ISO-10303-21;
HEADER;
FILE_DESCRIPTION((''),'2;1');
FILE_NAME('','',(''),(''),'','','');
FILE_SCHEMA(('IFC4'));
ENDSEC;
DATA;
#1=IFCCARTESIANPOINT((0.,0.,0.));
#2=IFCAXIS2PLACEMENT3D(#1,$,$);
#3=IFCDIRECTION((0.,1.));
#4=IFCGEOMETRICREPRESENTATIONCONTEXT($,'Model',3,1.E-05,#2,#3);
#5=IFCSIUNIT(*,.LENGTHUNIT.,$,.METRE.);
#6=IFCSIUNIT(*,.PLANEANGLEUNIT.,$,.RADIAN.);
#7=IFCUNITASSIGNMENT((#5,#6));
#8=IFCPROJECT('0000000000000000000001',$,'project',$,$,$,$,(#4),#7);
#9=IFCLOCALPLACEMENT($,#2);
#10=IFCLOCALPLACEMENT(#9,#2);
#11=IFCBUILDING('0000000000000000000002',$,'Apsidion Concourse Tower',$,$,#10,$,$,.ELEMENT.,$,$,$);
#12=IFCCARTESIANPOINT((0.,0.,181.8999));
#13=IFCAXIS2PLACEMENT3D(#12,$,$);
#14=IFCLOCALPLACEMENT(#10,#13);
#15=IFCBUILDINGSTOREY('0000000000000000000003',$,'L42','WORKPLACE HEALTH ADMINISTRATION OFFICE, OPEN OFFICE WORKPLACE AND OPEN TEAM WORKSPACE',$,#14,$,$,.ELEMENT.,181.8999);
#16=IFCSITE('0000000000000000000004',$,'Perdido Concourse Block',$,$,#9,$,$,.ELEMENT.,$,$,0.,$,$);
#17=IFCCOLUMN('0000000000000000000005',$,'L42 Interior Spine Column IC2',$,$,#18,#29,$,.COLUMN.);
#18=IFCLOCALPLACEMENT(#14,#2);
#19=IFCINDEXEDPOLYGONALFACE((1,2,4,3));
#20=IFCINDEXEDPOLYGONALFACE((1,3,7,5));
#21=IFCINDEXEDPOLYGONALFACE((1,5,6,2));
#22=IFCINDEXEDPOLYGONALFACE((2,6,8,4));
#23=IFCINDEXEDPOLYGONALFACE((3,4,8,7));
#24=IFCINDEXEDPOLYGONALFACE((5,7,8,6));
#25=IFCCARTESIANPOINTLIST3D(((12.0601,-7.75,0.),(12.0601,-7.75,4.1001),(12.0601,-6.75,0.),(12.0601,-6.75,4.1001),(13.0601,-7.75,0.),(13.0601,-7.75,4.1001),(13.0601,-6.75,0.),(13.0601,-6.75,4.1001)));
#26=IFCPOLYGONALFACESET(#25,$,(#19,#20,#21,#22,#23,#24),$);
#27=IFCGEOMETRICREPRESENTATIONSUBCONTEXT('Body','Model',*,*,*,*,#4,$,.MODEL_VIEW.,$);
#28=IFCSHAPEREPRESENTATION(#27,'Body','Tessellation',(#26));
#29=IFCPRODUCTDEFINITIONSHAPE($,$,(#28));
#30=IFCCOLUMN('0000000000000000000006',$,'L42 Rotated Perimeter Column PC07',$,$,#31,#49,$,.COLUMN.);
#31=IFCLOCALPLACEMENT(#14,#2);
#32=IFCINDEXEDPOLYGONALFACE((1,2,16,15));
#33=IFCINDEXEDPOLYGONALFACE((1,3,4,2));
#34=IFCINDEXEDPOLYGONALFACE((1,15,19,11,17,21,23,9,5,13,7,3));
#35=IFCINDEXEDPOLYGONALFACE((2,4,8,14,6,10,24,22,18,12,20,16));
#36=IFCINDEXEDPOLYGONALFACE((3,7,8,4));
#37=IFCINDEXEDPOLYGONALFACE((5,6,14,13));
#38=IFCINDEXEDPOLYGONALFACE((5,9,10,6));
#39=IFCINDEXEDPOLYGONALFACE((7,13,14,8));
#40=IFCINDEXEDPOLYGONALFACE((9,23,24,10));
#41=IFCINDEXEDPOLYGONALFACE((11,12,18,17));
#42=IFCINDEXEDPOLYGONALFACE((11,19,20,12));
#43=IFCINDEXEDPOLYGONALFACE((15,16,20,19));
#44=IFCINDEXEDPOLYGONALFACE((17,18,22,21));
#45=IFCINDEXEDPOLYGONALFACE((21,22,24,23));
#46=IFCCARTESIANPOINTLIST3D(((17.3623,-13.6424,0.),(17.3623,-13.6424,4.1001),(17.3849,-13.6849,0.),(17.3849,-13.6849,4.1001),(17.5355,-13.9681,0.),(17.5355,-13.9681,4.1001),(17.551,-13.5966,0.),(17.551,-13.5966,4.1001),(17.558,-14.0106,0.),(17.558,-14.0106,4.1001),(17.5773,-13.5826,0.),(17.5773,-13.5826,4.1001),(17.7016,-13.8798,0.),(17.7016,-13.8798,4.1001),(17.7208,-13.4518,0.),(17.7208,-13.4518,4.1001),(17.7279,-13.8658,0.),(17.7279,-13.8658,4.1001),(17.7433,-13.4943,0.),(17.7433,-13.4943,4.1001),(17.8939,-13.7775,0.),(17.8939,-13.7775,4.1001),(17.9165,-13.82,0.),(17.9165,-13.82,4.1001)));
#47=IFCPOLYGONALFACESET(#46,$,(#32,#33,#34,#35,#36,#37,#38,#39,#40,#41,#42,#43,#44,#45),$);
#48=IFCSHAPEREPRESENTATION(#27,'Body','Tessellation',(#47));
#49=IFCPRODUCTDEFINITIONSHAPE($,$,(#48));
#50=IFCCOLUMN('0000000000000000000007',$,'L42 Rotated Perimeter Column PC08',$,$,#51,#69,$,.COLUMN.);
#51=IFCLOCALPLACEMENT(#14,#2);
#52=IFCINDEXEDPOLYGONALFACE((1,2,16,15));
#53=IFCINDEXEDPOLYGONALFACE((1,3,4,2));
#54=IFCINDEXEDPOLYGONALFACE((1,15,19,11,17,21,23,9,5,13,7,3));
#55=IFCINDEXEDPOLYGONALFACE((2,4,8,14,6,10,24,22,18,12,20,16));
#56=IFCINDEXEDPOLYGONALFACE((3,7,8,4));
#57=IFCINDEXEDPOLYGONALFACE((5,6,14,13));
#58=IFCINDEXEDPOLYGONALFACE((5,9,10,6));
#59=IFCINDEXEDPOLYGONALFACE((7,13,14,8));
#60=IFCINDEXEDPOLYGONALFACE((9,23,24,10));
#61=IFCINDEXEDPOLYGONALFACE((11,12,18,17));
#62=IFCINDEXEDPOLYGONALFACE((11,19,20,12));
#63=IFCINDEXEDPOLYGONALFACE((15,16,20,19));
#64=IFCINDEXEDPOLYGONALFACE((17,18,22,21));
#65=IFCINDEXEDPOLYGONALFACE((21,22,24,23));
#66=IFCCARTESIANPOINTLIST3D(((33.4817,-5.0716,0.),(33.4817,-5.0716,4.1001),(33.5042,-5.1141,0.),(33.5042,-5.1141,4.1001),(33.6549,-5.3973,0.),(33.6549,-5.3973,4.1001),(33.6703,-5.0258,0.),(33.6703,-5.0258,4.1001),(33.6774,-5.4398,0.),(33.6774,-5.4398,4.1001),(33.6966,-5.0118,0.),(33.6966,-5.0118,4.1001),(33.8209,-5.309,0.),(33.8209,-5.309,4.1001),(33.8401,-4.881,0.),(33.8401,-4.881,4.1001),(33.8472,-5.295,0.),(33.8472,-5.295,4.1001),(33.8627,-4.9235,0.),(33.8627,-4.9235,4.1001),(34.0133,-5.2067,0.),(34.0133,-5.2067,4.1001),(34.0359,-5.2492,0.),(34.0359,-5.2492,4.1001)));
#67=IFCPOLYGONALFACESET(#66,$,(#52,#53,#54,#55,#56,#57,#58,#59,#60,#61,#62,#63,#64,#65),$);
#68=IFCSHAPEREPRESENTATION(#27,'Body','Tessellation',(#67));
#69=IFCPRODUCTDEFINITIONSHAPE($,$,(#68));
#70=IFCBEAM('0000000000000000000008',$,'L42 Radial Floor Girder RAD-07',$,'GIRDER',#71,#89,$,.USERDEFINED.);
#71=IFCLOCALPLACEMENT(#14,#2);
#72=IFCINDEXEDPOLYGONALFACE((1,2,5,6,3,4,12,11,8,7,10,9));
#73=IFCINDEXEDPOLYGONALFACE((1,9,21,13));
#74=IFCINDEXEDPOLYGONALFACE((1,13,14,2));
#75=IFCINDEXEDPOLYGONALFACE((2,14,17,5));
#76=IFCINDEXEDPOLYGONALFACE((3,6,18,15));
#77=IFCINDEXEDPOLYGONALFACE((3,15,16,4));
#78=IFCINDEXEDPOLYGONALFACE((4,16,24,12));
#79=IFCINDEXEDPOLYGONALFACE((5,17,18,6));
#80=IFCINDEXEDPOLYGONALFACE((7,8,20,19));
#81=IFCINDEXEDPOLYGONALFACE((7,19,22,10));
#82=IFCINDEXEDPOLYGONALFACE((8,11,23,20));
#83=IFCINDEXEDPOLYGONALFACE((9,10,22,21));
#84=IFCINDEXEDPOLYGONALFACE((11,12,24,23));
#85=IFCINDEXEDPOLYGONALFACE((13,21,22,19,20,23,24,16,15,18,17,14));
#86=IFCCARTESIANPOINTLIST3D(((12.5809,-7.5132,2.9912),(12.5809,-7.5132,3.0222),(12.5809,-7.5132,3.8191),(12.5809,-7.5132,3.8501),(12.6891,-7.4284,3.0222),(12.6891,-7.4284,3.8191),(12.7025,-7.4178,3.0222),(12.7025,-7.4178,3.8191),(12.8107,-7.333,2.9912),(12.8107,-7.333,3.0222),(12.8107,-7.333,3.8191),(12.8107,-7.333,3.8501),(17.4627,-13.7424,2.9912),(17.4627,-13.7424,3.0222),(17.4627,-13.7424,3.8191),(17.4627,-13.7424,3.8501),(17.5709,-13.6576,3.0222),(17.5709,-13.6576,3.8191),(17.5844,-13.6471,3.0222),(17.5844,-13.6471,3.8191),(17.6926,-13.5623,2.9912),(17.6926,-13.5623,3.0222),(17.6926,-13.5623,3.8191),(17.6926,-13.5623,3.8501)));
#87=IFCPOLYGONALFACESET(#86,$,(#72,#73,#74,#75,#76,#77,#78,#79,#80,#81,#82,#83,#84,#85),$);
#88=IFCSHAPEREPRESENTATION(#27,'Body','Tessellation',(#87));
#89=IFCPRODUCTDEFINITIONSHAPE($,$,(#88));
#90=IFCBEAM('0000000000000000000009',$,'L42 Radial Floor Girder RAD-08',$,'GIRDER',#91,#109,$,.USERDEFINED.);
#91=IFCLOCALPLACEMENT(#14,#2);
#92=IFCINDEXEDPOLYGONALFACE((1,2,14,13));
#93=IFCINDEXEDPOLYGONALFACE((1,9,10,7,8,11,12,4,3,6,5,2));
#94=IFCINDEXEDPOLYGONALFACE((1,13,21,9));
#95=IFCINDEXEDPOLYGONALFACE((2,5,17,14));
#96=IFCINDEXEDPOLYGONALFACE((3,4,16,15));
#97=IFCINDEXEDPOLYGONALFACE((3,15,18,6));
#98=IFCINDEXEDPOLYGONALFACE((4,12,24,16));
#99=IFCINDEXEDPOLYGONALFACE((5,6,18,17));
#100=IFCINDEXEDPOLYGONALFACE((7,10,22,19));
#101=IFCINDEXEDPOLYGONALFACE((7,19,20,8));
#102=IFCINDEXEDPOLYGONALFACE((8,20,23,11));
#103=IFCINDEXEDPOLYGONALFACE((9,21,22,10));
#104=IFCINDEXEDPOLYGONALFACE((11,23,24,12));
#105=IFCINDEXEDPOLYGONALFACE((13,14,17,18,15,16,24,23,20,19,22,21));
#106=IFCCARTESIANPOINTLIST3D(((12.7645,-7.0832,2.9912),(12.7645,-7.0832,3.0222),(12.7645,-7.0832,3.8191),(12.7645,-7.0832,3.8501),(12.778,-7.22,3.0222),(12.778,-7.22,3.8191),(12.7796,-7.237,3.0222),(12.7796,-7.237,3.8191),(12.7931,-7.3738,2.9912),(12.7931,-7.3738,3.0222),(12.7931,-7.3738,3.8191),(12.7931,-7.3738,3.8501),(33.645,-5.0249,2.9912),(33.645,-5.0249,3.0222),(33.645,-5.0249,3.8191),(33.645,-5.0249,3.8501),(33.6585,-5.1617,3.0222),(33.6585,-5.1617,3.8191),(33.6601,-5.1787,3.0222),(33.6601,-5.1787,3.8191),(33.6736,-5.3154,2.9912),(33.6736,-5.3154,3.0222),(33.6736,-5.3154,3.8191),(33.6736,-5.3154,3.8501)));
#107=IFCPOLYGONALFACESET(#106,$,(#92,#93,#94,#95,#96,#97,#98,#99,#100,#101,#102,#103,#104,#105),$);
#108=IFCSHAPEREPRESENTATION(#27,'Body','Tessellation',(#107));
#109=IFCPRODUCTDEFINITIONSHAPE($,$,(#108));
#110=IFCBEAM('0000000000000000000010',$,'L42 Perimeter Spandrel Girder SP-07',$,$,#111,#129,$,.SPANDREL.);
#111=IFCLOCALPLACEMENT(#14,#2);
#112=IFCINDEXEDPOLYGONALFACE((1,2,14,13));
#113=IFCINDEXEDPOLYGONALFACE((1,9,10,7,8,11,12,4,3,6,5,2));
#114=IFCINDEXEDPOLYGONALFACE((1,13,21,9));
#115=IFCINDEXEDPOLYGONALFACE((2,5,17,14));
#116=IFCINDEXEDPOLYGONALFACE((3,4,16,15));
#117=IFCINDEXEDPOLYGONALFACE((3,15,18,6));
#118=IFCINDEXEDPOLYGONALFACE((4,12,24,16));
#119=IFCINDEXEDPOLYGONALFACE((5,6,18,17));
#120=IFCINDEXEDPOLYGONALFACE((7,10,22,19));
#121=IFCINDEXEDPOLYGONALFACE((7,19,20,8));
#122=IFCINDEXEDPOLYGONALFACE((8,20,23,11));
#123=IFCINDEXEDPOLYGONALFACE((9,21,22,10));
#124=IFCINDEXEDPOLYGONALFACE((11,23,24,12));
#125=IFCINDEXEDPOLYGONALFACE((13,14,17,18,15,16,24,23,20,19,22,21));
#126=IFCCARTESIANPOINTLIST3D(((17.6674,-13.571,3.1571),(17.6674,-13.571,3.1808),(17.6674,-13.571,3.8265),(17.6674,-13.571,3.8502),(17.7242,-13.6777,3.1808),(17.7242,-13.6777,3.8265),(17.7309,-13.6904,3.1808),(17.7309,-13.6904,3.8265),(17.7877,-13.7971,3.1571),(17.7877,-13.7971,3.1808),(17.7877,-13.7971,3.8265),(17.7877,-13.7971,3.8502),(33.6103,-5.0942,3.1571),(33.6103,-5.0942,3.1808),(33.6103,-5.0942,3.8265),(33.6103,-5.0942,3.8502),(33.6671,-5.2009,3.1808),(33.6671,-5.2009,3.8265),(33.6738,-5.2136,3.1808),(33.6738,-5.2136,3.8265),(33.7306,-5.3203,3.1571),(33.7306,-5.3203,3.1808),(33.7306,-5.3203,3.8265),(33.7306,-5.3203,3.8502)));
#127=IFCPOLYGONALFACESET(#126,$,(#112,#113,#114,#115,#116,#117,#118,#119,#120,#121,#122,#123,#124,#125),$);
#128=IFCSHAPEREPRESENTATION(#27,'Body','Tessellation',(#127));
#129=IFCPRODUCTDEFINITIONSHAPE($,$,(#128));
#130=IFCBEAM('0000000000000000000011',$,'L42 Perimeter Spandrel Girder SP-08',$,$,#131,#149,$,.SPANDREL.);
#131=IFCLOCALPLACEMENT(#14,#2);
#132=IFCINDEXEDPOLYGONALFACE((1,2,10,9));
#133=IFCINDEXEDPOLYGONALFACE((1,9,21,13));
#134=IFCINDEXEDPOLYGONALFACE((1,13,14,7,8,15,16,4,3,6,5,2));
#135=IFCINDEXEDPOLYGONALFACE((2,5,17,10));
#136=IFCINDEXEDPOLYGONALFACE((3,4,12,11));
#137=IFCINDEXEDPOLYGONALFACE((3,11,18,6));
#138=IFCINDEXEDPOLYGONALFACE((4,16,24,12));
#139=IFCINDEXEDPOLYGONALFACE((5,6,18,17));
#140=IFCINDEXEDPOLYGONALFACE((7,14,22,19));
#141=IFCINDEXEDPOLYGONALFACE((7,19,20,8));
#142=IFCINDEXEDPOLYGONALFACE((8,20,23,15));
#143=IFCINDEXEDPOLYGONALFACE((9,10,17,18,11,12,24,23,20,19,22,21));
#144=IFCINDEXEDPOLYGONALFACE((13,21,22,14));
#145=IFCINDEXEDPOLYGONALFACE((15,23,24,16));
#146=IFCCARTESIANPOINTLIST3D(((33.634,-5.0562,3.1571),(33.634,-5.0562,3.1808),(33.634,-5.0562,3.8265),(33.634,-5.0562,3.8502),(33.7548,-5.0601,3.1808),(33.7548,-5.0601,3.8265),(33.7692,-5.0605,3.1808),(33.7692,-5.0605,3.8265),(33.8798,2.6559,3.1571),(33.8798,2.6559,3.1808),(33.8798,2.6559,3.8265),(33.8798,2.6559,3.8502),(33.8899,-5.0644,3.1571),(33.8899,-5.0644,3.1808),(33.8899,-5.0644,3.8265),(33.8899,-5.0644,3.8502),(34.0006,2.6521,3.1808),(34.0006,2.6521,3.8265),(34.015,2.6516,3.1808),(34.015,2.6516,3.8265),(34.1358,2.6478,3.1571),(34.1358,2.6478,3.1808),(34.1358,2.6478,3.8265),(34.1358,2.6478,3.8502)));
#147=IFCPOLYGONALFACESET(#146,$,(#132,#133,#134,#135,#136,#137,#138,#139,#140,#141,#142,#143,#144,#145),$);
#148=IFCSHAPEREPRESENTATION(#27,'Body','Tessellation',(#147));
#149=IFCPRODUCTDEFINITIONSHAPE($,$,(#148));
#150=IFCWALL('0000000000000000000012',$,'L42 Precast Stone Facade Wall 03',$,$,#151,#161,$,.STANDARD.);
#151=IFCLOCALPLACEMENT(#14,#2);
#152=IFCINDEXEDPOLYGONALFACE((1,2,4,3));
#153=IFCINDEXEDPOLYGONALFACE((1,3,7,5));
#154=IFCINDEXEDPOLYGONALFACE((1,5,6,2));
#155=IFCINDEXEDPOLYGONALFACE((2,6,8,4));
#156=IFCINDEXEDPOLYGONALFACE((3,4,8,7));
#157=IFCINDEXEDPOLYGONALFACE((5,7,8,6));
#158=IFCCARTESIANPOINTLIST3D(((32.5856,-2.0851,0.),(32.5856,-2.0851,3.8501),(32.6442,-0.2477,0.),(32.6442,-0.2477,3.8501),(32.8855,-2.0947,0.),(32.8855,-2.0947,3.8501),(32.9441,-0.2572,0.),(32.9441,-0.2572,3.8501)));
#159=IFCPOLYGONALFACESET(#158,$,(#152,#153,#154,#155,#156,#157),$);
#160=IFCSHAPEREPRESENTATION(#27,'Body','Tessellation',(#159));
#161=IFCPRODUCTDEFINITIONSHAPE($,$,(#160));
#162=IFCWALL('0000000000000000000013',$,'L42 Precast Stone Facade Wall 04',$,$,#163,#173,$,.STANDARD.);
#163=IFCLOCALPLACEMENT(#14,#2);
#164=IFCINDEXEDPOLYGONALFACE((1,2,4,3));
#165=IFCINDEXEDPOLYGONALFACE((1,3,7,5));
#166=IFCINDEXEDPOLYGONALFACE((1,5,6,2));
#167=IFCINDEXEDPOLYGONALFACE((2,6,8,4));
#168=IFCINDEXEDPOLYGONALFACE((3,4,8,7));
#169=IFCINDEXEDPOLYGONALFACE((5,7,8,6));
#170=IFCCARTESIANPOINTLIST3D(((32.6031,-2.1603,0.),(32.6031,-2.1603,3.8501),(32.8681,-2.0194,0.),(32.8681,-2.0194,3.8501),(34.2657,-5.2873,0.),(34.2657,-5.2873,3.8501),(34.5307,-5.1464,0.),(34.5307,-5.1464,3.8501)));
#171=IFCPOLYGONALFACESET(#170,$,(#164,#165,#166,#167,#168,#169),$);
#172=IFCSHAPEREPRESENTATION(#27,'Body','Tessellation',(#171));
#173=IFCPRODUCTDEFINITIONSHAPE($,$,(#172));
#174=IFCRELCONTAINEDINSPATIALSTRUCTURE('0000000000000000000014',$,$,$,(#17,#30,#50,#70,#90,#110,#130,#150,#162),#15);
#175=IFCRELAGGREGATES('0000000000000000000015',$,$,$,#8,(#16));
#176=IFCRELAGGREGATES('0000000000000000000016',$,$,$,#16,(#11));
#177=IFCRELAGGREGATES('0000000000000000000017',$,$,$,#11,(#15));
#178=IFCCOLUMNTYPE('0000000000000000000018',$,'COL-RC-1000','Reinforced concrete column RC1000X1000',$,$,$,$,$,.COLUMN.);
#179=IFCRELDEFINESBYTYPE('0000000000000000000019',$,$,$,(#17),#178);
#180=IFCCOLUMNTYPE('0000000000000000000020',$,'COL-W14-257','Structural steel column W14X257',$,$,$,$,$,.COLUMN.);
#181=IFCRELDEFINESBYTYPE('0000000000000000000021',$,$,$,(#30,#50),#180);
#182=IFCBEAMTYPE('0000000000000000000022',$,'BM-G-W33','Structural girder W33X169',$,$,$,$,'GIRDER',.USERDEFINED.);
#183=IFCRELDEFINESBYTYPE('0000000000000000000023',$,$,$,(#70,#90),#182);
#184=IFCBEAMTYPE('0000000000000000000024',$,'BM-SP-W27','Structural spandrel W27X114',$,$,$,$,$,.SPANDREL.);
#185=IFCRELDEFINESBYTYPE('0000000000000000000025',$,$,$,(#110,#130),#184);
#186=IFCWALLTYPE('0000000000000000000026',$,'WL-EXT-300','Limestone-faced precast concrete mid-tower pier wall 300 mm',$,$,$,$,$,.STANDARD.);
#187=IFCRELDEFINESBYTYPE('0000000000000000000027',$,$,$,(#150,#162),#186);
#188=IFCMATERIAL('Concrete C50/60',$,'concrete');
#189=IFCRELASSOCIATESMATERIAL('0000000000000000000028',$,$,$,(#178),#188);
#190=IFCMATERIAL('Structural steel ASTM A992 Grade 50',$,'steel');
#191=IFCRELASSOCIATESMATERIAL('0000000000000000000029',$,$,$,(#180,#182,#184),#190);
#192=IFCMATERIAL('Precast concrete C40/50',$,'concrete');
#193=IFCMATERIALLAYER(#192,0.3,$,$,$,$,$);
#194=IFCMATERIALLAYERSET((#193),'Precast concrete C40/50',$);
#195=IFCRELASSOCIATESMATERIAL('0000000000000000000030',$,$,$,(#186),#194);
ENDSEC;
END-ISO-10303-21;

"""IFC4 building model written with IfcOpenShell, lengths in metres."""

from ifc_helpers import new_model, si_unit, direction, frame, frame_2d, origin, origin_2d, place, context, subcontext, project, spatial, rectangle, i_section, extrude, material, layer, layer_set, material_profile, profile_set, type_object, element, save


model = new_model("IFC4")

# Units and contexts
model_context = context("Model", 3, precision=1e-05, world=origin(), true_north=direction((0.0, 1.0)))
body_context = subcontext(model_context, "Body", "Model", "MODEL_VIEW")
ifc_project = project(units=[si_unit("LENGTHUNIT", "METRE"), si_unit("PLANEANGLEUNIT", "RADIAN")], contexts=[model_context])

# Site, building, storey
site_placement = place(None, origin())
site = spatial("IfcSite", under=ifc_project, at=site_placement, Name="Perdido Concourse Block", CompositionType="ELEMENT", RefElevation=0.0)
building_placement = place(site_placement, origin())
building = spatial("IfcBuilding", under=site, at=building_placement, Name="Apsidion Concourse Tower", CompositionType="ELEMENT")
storey_placement = place(building_placement, frame((0.0, 0.0, 181.8999)))
storey = spatial("IfcBuildingStorey", under=building, at=storey_placement, Name="L42", Description="WORKPLACE HEALTH ADMINISTRATION OFFICE, OPEN OFFICE WORKPLACE AND OPEN TEAM WORKSPACE", CompositionType="ELEMENT", Elevation=181.8999)

# Columns
ifc_material_1 = material(Name="Concrete C50/60", Category="concrete")
ifc_material_profile_1 = material_profile(ifc_material_1, rectangle(XDim=1.0, YDim=1.0, at=origin_2d()), Name="RC 1000x1000")
ifc_profile_set_1 = profile_set([ifc_material_profile_1], Name="Concrete C50/60")
column_type_1 = type_object("IfcColumnType", Name="COL-RC-1000", Description="Reinforced concrete column RC1000X1000", PredefinedType="COLUMN", material=ifc_profile_set_1)
column_placement = place(storey_placement, frame((12.5601, -7.25, 0.0), z_axis=(0.0, 0.0, 1.0), x_axis=(1.0, 0.0, 0.0)))
element("IfcColumn", 1, at=column_placement, inside=storey, type_object=column_type_1, Name="L42 Interior Spine Column IC2", PredefinedType="COLUMN", context=body_context, shape_type="SweptSolid", body=[
    extrude(rectangle(XDim=1.0, YDim=1.0, at=origin_2d()), origin(), (0.0, 0.0, 1.0), 4.1001),
])
ifc_material_2 = material(Name="Structural steel ASTM A992 Grade 50", Category="steel")
ifc_material_profile_2 = material_profile(ifc_material_2, i_section(OverallWidth=0.406, OverallDepth=0.417, WebThickness=0.0298, FlangeThickness=0.0481, at=origin_2d()), Name="W14X257")
ifc_profile_set_2 = profile_set([ifc_material_profile_2], Name="Structural steel ASTM A992 Grade 50")
column_type_2 = type_object("IfcColumnType", Name="COL-W14-257", Description="Structural steel column W14X257", PredefinedType="COLUMN", material=ifc_profile_set_2)
for number, where, z_axis, x_axis, name in (
    (2, (17.6394, -13.7312, 0.0), (0.0, 0.0, 1.0), (0.882948, 0.469472, 0.0), "L42 Rotated Perimeter Column PC07"),
    (3, (33.7588, -5.1604, 0.0), (0.0, 0.0, 1.0), (0.882948, 0.469472, 0.0), "L42 Rotated Perimeter Column PC08"),
):
    element("IfcColumn", number, at=place(storey_placement, frame(where, z_axis=z_axis, x_axis=x_axis)), inside=storey, type_object=column_type_2, Name=name, PredefinedType="COLUMN", context=body_context, shape_type="SweptSolid", body=[
        extrude(i_section(OverallWidth=0.406, OverallDepth=0.417, WebThickness=0.0298, FlangeThickness=0.0481, at=origin_2d()), origin(), (0.0, 0.0, 1.0), 4.1001),
    ])

# Beams
ifc_material_profile_3 = material_profile(ifc_material_2, i_section(OverallWidth=0.292, OverallDepth=0.8589, WebThickness=0.0171, FlangeThickness=0.031, at=origin_2d()), Name="W33X169")
ifc_profile_set_3 = profile_set([ifc_material_profile_3], Name="Structural steel ASTM A992 Grade 50")
beam_type_1 = type_object("IfcBeamType", Name="BM-G-W33", Description="Structural girder W33X169", ElementType="GIRDER", PredefinedType="USERDEFINED", material=ifc_profile_set_3)
beam_1_placement = place(storey_placement, frame((12.6958, -7.4231, 3.4207), z_axis=(0.616839, -0.78709, 0.0), x_axis=(0.78709, 0.616839, 0.0)))
element("IfcBeam", 4, at=beam_1_placement, inside=storey, type_object=beam_type_1, Name="L42 Radial Floor Girder RAD-07", ObjectType="GIRDER", PredefinedType="USERDEFINED", context=body_context, shape_type="SweptSolid", body=[
    extrude(i_section(OverallWidth=0.292, OverallDepth=0.8589, WebThickness=0.0171, FlangeThickness=0.031, at=origin_2d()), origin(), (0.0, 0.0, 1.0), 7.9143),
])
beam_2_placement = place(storey_placement, frame((12.7788, -7.2285, 3.4207), z_axis=(0.995176, 0.098103, 0.0), x_axis=(-0.098103, 0.995176, 0.0)))
element("IfcBeam", 5, at=beam_2_placement, inside=storey, type_object=beam_type_1, Name="L42 Radial Floor Girder RAD-08", ObjectType="GIRDER", PredefinedType="USERDEFINED", context=body_context, shape_type="SweptSolid", body=[
    extrude(i_section(OverallWidth=0.292, OverallDepth=0.8589, WebThickness=0.0171, FlangeThickness=0.031, at=origin_2d()), origin(), (0.0, 0.0, 1.0), 20.9817),
])
ifc_material_profile_4 = material_profile(ifc_material_2, i_section(OverallWidth=0.2561, OverallDepth=0.6931, WebThickness=0.0144, FlangeThickness=0.0237, at=origin_2d()), Name="W27X114")
ifc_profile_set_4 = profile_set([ifc_material_profile_4], Name="Structural steel ASTM A992 Grade 50")
beam_type_2 = type_object("IfcBeamType", Name="BM-SP-W27", Description="Structural spandrel W27X114", PredefinedType="SPANDREL", material=ifc_profile_set_4)
beam_3_placement = place(storey_placement, frame((17.7275, -13.6841, 3.5037), z_axis=(0.882951, 0.469464, 0.0), x_axis=(-0.469464, 0.882951, 0.0)))
element("IfcBeam", 6, at=beam_3_placement, inside=storey, type_object=beam_type_2, Name="L42 Perimeter Spandrel Girder SP-07", PredefinedType="SPANDREL", context=body_context, shape_type="SweptSolid", body=[
    extrude(i_section(OverallWidth=0.2561, OverallDepth=0.6931, WebThickness=0.0144, FlangeThickness=0.0237, at=origin_2d()), origin(), (0.0, 0.0, 1.0), 18.0564),
])
beam_4_placement = place(storey_placement, frame((33.762, -5.0603, 3.5037), z_axis=(0.031862, 0.999492, 0.0), x_axis=(-0.999492, 0.031862, 0.0)))
element("IfcBeam", 7, at=beam_4_placement, inside=storey, type_object=beam_type_2, Name="L42 Perimeter Spandrel Girder SP-08", PredefinedType="SPANDREL", context=body_context, shape_type="SweptSolid", body=[
    extrude(i_section(OverallWidth=0.2561, OverallDepth=0.6931, WebThickness=0.0144, FlangeThickness=0.0237, at=origin_2d()), origin(), (0.0, 0.0, 1.0), 7.7161),
])

# Walls
ifc_material_3 = material(Name="Precast concrete C40/50", Category="concrete")
ifc_layer_1 = layer(ifc_material_3, 0.3)
ifc_layer_set_1 = layer_set([ifc_layer_1], Name="Precast concrete C40/50")
wall_type_1 = type_object("IfcWallType", Name="WL-EXT-300", Description="Limestone-faced precast concrete mid-tower pier wall 300 mm", PredefinedType="STANDARD", material=ifc_layer_set_1)
wall_1_placement = place(storey_placement, frame((32.7942, -0.2524, 0.0), z_axis=(0.0, 0.0, 1.0), x_axis=(-0.031873, -0.999492, 0.0)))
element("IfcWall", 8, at=wall_1_placement, inside=storey, type_object=wall_type_1, Name="L42 Precast Stone Facade Wall 03", PredefinedType="STANDARD", context=body_context, shape_type="SweptSolid", body=[
    extrude(rectangle(XDim=1.8384, YDim=0.3, at=frame_2d((0.9192, 0.0))), origin(), (0.0, 0.0, 1.0), 3.8501),
])
wall_2_placement = place(storey_placement, frame((32.7356, -2.0898, 0.0), z_axis=(0.0, 0.0, 1.0), x_axis=(0.469464, -0.882951, 0.0)))
element("IfcWall", 9, at=wall_2_placement, inside=storey, type_object=wall_type_1, Name="L42 Precast Stone Facade Wall 04", PredefinedType="STANDARD", context=body_context, shape_type="SweptSolid", body=[
    extrude(rectangle(XDim=3.5415, YDim=0.3, at=frame_2d((1.7708, 0.0))), origin(), (0.0, 0.0, 1.0), 3.8501),
])

save(model, "model.ifc")
